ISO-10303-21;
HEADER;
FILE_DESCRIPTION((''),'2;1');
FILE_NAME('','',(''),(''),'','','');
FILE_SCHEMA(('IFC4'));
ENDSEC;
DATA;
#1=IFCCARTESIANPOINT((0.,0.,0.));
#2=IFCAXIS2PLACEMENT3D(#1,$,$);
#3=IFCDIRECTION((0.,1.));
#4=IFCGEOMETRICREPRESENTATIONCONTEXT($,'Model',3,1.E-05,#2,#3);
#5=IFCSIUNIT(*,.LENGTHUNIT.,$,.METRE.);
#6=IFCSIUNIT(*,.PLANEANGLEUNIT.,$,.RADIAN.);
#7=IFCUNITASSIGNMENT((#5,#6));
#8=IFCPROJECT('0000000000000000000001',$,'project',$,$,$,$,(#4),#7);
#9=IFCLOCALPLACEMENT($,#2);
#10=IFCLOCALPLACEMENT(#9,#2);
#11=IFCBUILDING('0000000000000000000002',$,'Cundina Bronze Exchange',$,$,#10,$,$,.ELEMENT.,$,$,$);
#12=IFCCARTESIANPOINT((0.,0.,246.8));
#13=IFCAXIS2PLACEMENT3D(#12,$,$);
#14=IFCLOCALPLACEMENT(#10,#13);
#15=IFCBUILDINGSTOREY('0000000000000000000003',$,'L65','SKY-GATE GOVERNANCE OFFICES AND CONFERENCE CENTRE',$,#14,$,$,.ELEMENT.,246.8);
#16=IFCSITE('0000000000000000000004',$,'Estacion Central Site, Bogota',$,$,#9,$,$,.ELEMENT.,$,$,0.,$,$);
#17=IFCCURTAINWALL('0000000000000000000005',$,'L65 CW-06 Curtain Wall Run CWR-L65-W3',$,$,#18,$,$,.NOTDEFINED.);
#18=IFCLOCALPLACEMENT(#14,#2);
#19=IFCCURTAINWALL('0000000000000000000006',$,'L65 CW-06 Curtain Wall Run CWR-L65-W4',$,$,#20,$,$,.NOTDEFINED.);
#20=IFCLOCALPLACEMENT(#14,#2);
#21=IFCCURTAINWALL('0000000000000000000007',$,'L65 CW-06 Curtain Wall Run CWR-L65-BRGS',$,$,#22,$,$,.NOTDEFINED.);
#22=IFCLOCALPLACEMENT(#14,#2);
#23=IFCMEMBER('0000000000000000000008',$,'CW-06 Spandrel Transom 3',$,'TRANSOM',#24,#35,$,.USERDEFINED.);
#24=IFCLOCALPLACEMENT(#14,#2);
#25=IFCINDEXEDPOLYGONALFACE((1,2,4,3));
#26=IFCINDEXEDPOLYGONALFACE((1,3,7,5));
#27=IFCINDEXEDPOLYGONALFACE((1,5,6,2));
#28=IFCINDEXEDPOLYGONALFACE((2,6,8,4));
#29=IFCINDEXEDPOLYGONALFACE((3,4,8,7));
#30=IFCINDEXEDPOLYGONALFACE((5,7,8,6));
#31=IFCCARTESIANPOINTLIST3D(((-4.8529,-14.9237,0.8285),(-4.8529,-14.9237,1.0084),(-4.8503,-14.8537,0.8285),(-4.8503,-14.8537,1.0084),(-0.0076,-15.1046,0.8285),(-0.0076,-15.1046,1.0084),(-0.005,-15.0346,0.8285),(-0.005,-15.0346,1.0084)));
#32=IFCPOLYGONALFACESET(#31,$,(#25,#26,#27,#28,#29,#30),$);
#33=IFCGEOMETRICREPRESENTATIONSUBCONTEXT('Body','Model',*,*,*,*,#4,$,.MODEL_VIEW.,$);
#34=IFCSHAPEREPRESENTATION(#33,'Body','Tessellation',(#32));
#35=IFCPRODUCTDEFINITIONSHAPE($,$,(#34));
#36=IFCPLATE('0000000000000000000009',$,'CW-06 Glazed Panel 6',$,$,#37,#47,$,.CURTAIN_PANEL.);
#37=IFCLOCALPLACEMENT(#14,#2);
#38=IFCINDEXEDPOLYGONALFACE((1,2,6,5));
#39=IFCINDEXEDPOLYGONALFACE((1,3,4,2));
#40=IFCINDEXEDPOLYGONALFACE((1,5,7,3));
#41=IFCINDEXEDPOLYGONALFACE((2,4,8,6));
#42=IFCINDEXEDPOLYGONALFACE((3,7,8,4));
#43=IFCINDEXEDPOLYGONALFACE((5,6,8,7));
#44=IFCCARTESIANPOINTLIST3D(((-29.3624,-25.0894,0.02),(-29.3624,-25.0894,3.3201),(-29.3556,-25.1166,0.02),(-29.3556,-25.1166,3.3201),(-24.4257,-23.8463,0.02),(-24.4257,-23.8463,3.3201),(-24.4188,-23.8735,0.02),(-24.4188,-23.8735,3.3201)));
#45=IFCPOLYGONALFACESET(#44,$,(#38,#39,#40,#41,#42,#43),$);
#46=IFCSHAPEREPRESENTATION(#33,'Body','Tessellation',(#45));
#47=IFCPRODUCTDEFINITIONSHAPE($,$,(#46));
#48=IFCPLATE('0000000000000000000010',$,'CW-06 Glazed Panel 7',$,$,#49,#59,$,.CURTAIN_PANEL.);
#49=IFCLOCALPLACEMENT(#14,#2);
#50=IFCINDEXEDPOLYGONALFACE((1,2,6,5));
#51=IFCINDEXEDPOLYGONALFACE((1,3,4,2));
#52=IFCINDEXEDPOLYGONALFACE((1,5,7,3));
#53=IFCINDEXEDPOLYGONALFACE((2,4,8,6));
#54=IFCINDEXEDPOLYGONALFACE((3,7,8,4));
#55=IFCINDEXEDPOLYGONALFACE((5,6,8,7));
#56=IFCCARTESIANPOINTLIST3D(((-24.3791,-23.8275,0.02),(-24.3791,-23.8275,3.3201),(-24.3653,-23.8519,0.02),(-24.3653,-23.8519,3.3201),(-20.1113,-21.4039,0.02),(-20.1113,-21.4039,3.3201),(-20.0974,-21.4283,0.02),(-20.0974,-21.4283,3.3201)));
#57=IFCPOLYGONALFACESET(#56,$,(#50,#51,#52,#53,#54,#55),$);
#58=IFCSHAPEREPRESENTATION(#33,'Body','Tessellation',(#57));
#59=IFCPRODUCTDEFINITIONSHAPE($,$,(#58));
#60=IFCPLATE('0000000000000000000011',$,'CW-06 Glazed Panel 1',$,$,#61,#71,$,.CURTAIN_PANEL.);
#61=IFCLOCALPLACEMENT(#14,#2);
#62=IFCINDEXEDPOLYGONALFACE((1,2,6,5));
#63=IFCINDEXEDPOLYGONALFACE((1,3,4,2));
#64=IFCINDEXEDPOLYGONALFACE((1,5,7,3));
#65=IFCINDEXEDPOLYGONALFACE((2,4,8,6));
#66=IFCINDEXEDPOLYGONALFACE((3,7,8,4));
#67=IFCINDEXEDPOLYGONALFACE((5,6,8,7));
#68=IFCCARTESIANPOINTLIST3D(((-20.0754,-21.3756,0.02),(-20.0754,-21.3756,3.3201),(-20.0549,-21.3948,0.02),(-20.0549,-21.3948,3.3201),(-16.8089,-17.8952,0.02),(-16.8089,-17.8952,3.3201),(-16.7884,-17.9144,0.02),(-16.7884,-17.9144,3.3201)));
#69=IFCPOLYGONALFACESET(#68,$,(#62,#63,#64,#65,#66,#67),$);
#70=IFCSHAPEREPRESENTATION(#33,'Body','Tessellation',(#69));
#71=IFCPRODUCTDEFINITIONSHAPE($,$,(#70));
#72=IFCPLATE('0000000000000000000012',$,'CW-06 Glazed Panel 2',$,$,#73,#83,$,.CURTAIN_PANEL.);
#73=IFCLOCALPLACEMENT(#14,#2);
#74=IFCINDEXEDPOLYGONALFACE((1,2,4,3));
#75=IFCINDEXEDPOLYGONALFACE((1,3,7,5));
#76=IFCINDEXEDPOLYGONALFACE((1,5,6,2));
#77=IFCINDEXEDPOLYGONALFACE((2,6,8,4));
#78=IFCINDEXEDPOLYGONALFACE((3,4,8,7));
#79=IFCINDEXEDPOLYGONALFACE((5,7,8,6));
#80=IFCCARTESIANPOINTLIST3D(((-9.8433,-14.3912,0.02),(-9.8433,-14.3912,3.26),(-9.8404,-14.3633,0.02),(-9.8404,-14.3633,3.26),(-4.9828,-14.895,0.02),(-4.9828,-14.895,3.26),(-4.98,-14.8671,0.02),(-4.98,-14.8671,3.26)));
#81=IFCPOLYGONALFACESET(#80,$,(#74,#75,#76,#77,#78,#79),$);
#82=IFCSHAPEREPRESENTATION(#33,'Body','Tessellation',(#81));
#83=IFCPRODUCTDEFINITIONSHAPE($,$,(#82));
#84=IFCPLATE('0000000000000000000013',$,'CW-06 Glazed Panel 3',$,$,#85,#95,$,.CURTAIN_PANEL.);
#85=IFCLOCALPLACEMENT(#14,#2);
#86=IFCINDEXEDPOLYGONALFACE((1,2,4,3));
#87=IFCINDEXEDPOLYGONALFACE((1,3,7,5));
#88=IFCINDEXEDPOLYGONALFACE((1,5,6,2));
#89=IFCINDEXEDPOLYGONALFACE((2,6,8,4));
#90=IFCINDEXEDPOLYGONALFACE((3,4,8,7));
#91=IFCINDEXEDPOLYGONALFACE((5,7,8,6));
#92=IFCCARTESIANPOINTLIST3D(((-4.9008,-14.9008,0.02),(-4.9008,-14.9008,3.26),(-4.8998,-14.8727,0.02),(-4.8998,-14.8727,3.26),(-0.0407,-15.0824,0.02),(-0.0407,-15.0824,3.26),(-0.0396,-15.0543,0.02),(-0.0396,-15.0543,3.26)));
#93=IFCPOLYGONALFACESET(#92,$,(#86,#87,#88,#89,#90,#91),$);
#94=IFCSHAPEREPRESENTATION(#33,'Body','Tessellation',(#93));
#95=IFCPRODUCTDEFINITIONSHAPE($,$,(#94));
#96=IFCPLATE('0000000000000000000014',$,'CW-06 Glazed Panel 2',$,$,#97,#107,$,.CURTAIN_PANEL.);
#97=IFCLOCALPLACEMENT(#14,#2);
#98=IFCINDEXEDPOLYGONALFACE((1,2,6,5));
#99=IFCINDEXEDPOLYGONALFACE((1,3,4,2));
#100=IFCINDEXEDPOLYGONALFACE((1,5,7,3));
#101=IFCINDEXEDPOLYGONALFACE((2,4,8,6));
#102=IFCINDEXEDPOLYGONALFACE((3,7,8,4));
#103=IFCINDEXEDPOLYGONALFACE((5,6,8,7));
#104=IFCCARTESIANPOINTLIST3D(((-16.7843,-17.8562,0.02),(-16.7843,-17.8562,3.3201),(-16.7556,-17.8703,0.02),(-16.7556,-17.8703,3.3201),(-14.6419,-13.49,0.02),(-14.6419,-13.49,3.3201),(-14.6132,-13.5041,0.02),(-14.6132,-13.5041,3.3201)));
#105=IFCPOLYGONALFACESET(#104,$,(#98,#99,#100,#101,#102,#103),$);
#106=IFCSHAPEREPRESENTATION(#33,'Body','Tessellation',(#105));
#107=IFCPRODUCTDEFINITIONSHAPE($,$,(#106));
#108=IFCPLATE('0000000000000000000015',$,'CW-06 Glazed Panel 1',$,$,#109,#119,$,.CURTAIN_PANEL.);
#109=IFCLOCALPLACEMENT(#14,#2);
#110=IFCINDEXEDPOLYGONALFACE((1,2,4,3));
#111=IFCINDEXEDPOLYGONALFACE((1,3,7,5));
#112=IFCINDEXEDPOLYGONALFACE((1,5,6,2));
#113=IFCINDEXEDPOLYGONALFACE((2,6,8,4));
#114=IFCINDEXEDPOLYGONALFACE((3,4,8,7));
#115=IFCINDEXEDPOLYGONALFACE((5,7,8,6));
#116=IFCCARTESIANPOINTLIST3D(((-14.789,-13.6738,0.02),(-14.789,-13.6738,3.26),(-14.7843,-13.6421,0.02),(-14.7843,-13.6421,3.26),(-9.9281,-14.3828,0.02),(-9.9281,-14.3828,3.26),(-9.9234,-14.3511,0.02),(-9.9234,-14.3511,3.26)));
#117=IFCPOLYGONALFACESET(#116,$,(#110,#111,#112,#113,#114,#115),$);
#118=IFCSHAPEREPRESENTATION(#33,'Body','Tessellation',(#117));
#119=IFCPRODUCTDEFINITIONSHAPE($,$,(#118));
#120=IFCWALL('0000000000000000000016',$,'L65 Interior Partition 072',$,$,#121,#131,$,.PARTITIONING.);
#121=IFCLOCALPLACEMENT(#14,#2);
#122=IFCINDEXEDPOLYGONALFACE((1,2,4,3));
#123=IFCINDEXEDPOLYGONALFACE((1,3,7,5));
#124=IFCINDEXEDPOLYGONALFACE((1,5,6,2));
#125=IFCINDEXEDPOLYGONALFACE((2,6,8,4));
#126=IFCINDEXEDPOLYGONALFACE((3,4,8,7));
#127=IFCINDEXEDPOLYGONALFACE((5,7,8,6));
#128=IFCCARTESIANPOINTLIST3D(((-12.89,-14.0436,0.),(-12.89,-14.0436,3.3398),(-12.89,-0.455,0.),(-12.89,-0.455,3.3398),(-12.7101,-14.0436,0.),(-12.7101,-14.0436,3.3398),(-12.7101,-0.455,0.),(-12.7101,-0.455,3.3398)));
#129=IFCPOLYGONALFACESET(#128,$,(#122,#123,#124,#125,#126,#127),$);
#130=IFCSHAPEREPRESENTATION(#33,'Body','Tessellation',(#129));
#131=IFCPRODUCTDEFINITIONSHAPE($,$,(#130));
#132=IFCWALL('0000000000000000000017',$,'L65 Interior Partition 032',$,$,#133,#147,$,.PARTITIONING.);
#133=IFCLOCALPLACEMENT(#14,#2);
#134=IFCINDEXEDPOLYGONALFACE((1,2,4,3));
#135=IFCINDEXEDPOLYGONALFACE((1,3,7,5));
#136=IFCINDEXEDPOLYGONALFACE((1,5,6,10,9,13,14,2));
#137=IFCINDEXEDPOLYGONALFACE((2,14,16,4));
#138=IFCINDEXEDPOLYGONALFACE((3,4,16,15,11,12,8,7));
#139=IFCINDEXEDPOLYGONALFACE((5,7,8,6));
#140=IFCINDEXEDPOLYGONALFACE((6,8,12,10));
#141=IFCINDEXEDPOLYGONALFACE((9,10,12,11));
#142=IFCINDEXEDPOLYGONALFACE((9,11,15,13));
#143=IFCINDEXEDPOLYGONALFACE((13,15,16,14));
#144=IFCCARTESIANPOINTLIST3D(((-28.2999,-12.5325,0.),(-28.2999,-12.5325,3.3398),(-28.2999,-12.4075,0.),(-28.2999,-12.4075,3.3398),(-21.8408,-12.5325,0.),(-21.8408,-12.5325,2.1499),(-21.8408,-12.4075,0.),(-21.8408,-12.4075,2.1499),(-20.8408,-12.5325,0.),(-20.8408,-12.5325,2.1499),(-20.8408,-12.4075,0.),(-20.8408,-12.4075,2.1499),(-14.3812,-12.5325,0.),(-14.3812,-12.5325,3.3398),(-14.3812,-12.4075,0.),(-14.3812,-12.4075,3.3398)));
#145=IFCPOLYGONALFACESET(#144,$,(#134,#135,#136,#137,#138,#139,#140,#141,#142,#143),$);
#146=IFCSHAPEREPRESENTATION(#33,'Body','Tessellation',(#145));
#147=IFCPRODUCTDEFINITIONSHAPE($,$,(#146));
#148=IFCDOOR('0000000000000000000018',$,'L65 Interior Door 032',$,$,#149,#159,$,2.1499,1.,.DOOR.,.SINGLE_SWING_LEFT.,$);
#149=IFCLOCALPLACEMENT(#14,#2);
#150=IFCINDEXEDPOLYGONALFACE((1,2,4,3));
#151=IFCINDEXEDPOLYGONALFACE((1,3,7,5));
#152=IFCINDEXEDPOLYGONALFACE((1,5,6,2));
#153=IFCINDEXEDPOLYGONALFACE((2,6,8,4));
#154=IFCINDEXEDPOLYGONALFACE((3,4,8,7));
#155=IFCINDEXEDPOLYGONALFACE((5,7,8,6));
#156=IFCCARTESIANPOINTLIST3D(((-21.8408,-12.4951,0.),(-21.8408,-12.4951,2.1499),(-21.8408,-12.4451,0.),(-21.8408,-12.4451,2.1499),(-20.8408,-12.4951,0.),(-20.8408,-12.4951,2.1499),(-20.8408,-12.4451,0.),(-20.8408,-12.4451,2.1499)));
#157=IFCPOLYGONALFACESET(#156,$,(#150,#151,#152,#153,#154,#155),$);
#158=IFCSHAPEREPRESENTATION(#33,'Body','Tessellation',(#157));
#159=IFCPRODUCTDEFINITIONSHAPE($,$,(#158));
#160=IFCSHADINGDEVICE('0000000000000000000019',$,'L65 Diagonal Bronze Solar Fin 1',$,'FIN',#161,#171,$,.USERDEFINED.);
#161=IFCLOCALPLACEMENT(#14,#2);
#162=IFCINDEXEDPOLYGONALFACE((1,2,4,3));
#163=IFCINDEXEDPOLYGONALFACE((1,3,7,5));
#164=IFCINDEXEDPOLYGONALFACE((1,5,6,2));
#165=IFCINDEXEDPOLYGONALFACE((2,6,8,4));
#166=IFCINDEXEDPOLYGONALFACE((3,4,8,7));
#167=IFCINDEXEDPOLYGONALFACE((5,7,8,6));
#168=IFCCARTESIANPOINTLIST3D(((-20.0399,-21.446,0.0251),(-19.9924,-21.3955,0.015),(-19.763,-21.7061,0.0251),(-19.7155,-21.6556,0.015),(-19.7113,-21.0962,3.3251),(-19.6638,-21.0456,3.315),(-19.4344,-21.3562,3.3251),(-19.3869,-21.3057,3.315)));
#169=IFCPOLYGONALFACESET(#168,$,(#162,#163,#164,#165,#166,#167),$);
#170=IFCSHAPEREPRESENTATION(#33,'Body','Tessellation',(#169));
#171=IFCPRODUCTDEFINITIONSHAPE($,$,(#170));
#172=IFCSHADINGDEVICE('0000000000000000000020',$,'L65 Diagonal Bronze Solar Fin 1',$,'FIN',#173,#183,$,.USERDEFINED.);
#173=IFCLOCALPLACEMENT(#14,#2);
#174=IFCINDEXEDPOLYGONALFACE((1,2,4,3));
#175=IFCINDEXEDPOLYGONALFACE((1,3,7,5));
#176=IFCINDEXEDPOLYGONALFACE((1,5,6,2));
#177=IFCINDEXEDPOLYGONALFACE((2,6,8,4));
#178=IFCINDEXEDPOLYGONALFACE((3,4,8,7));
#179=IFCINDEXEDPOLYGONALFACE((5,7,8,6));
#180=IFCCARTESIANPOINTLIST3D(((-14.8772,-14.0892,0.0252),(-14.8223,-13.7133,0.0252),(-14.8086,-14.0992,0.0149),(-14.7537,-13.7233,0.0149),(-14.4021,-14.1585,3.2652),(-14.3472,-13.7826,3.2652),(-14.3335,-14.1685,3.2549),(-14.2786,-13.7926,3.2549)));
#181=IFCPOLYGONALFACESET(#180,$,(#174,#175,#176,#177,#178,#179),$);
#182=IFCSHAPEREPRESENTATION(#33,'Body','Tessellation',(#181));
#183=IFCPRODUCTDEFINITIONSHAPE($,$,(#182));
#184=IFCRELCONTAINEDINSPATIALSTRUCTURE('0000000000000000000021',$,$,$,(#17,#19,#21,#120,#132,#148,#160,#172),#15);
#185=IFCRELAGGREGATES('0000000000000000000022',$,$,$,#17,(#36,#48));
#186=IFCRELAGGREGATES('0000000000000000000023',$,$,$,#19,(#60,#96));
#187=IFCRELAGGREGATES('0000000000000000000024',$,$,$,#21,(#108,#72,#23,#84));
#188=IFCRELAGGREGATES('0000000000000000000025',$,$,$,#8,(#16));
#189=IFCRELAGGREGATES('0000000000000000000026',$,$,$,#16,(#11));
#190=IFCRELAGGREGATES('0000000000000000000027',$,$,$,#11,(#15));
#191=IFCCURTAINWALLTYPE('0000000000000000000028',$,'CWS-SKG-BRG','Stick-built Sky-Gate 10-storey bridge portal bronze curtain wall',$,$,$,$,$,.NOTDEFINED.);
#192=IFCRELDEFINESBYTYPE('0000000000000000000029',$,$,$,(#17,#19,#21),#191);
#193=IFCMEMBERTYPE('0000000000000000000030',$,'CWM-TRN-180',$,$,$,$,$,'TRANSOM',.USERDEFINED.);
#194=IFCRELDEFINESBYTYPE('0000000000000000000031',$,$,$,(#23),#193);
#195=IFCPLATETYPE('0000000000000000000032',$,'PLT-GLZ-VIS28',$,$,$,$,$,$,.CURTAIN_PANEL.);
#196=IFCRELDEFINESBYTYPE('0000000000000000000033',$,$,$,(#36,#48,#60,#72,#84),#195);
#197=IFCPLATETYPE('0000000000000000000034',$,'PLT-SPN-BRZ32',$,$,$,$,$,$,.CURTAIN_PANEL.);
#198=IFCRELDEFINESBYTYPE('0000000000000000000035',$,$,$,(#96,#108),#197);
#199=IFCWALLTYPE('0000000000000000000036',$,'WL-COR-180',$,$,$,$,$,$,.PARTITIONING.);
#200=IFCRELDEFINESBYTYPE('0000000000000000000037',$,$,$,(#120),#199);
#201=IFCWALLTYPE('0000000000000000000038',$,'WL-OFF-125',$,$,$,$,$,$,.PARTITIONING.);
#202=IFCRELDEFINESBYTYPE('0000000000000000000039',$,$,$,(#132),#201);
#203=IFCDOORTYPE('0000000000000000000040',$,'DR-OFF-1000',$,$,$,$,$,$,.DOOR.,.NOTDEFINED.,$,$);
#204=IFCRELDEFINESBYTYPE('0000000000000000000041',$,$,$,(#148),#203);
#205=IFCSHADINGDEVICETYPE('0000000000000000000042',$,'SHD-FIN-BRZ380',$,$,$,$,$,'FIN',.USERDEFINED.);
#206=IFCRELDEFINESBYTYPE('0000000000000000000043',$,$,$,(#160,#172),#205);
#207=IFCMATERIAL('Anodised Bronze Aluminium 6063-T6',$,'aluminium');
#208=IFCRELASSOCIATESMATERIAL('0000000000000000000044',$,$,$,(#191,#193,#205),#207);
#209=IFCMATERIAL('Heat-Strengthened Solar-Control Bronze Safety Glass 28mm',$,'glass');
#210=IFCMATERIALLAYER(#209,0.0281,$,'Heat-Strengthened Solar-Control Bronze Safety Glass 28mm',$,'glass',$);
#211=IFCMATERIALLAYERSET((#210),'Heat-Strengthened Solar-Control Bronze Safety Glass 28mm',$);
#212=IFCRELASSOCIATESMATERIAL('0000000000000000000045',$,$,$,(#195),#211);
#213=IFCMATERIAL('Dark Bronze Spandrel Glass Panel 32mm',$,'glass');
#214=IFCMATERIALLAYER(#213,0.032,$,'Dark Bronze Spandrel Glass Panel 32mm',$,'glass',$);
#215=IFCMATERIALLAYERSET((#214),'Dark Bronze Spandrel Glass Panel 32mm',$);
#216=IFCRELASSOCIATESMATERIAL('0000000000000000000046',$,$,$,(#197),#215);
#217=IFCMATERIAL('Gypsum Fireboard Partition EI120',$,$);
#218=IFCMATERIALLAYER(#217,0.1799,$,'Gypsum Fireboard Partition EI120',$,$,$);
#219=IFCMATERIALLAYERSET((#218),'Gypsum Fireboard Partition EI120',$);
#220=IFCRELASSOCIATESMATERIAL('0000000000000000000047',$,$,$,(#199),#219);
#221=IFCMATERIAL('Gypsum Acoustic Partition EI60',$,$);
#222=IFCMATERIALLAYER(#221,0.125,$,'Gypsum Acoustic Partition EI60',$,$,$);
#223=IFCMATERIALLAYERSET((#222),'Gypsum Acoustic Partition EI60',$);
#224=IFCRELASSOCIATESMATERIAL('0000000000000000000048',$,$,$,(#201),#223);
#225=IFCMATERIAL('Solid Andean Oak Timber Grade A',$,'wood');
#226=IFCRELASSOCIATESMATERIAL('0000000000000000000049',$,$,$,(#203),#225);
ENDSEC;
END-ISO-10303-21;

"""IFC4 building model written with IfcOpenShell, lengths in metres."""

from ifc_helpers import new_model, si_unit, direction, frame, frame_2d, origin, origin_2d, place, context, subcontext, project, spatial, rectangle, extrude, material, layer, layer_set, material_profile, profile_set, type_object, element, fill, aggregate, save


model = new_model("IFC4")

# Units and contexts
model_context = context("Model", 3, precision=1e-05, world=origin(), true_north=direction((0.0, 1.0)))
body_context = subcontext(model_context, "Body", "Model", "MODEL_VIEW")
ifc_project = project(units=[si_unit("LENGTHUNIT", "METRE"), si_unit("PLANEANGLEUNIT", "RADIAN")], contexts=[model_context])

# Site, building, storey
site_placement = place(None, origin())
site = spatial("IfcSite", under=ifc_project, at=site_placement, Name="Estacion Central Site, Bogota", CompositionType="ELEMENT", RefElevation=0.0)
building_placement = place(site_placement, origin())
building = spatial("IfcBuilding", under=site, at=building_placement, Name="Cundina Bronze Exchange", CompositionType="ELEMENT")
storey_placement = place(building_placement, frame((0.0, 0.0, 246.8)))
storey = spatial("IfcBuildingStorey", under=building, at=storey_placement, Name="L65", Description="SKY-GATE GOVERNANCE OFFICES AND CONFERENCE CENTRE", CompositionType="ELEMENT", Elevation=246.8)

# Curtain walls
ifc_material_1 = material(Name="Anodised Bronze Aluminium 6063-T6", Category="aluminium")
curtain_wall_type = type_object("IfcCurtainWallType", Name="CWS-SKG-BRG", Description="Stick-built Sky-Gate 10-storey bridge portal bronze curtain wall", PredefinedType="NOTDEFINED", material=ifc_material_1)
curtain_wall_1_placement = place(storey_placement, origin())
curtain_wall_1 = element("IfcCurtainWall", 1, at=curtain_wall_1_placement, inside=storey, type_object=curtain_wall_type, Name="L65 CW-06 Curtain Wall Run CWR-L65-W3", PredefinedType="NOTDEFINED")
curtain_wall_2_placement = place(storey_placement, origin())
curtain_wall_2 = element("IfcCurtainWall", 2, at=curtain_wall_2_placement, inside=storey, type_object=curtain_wall_type, Name="L65 CW-06 Curtain Wall Run CWR-L65-W4", PredefinedType="NOTDEFINED")
curtain_wall_3_placement = place(storey_placement, origin())
curtain_wall_3 = element("IfcCurtainWall", 3, at=curtain_wall_3_placement, inside=storey, type_object=curtain_wall_type, Name="L65 CW-06 Curtain Wall Run CWR-L65-BRGS", PredefinedType="NOTDEFINED")

# Member
ifc_material_profile_1 = material_profile(ifc_material_1, rectangle(XDim=0.0701, YDim=0.1799, at=origin_2d()), Name="AL70X180", Category="aluminium")
ifc_profile_set_1 = profile_set([ifc_material_profile_1], Name="Anodised Bronze Aluminium 6063-T6")
member_type_1 = type_object("IfcMemberType", Name="CWM-TRN-180", ElementType="TRANSOM", PredefinedType="USERDEFINED", material=ifc_profile_set_1)
member_1_placement = place(storey_placement, frame((-4.8516, -14.8887, 0.9185), z_axis=(0.999304, -0.037312, 0.0), x_axis=(0.037312, 0.999304, 0.0)))
member_1 = element("IfcMember", 4, at=member_1_placement, type_object=member_type_1, Name="CW-06 Spandrel Transom 3", ObjectType="TRANSOM", PredefinedType="USERDEFINED", context=body_context, shape_type="SweptSolid", body=[
    extrude(rectangle(XDim=0.0701, YDim=0.1799, at=origin_2d()), origin(), (0.0, 0.0, 1.0), 4.8486),
])

# Plates
ifc_material_2 = material(Name="Heat-Strengthened Solar-Control Bronze Safety Glass 28mm", Category="glass")
ifc_layer_1 = layer(ifc_material_2, 0.0281, Name="Heat-Strengthened Solar-Control Bronze Safety Glass 28mm", Category="glass")
ifc_layer_set_1 = layer_set([ifc_layer_1], Name="Heat-Strengthened Solar-Control Bronze Safety Glass 28mm")
plate_type_1 = type_object("IfcPlateType", Name="PLT-GLZ-VIS28", PredefinedType="CURTAIN_PANEL", material=ifc_layer_set_1)
plate_1_placement = place(storey_placement, frame((-26.8906, -24.4814, 0.02), z_axis=(0.0, 0.0, 1.0), x_axis=(0.969732, 0.244174, 0.0)))
plate_1 = element("IfcPlate", 5, at=plate_1_placement, type_object=plate_type_1, Name="CW-06 Glazed Panel 6", PredefinedType="CURTAIN_PANEL", context=body_context, shape_type="SweptSolid", body=[
    extrude(rectangle(XDim=5.0908, YDim=0.0281, at=origin_2d()), origin(), (0.0, 0.0, 1.0), 3.3),
])
plate_2_placement = place(storey_placement, frame((-22.2383, -22.6279, 0.02), z_axis=(0.0, 0.0, 1.0), x_axis=(0.869573, 0.493805, 0.0)))
plate_2 = element("IfcPlate", 6, at=plate_2_placement, type_object=plate_type_1, Name="CW-06 Glazed Panel 7", PredefinedType="CURTAIN_PANEL", context=body_context, shape_type="SweptSolid", body=[
    extrude(rectangle(XDim=4.908, YDim=0.0281, at=origin_2d()), origin(), (0.0, 0.0, 1.0), 3.3),
])
aggregate(curtain_wall_1, [plate_1, plate_2])
plate_3_placement = place(storey_placement, frame((-18.4319, -19.645, 0.02), z_axis=(0.0, 0.0, 1.0), x_axis=(0.684344, 0.72916, 0.0)))
plate_3 = element("IfcPlate", 7, at=plate_3_placement, type_object=plate_type_1, Name="CW-06 Glazed Panel 1", PredefinedType="CURTAIN_PANEL", context=body_context, shape_type="SweptSolid", body=[
    extrude(rectangle(XDim=4.7732, YDim=0.0281, at=origin_2d()), origin(), (0.0, 0.0, 1.0), 3.3),
])
plate_4_placement = place(storey_placement, frame((-7.4116, -14.6292, 0.02), z_axis=(0.0, 0.0, 1.0), x_axis=(0.994672, -0.103088, 0.0)))
plate_4 = element("IfcPlate", 8, at=plate_4_placement, type_object=plate_type_1, Name="CW-06 Glazed Panel 2", PredefinedType="CURTAIN_PANEL", context=body_context, shape_type="SweptSolid", body=[
    extrude(rectangle(XDim=4.8865, YDim=0.0281, at=origin_2d()), origin(), (0.0, 0.0, 1.0), 3.24),
])
plate_5_placement = place(storey_placement, frame((-2.4702, -14.9775, 0.02), z_axis=(0.0, 0.0, 1.0), x_axis=(0.999303, -0.037341, 0.0)))
plate_5 = element("IfcPlate", 9, at=plate_5_placement, type_object=plate_type_1, Name="CW-06 Glazed Panel 3", PredefinedType="CURTAIN_PANEL", context=body_context, shape_type="SweptSolid", body=[
    extrude(rectangle(XDim=4.8635, YDim=0.0281, at=origin_2d()), origin(), (0.0, 0.0, 1.0), 3.24),
])
ifc_material_3 = material(Name="Dark Bronze Spandrel Glass Panel 32mm", Category="glass")
ifc_layer_2 = layer(ifc_material_3, 0.032, Name="Dark Bronze Spandrel Glass Panel 32mm", Category="glass")
ifc_layer_set_2 = layer_set([ifc_layer_2], Name="Dark Bronze Spandrel Glass Panel 32mm")
plate_type_2 = type_object("IfcPlateType", Name="PLT-SPN-BRZ32", PredefinedType="CURTAIN_PANEL", material=ifc_layer_set_2)
plate_6_placement = place(storey_placement, frame((-15.6987, -15.6802, 0.02), z_axis=(0.0, 0.0, 1.0), x_axis=(0.440503, 0.897751, 0.0)))
plate_6 = element("IfcPlate", 10, at=plate_6_placement, type_object=plate_type_2, Name="CW-06 Glazed Panel 2", PredefinedType="CURTAIN_PANEL", context=body_context, shape_type="SweptSolid", body=[
    extrude(rectangle(XDim=4.8635, YDim=0.032, at=origin_2d()), origin(), (0.0, 0.0, 1.0), 3.3),
])
aggregate(curtain_wall_2, [plate_3, plate_6])
plate_7_placement = place(storey_placement, frame((-12.3562, -14.0125, 0.02), z_axis=(0.0, 0.0, 1.0), x_axis=(0.989528, -0.144339, 0.0)))
plate_7 = element("IfcPlate", 11, at=plate_7_placement, type_object=plate_type_2, Name="CW-06 Glazed Panel 1", PredefinedType="CURTAIN_PANEL", context=body_context, shape_type="SweptSolid", body=[
    extrude(rectangle(XDim=4.9124, YDim=0.032, at=origin_2d()), origin(), (0.0, 0.0, 1.0), 3.24),
])
aggregate(curtain_wall_3, [plate_7, plate_4, member_1, plate_5])

# Wall
ifc_material_4 = material(Name="Gypsum Fireboard Partition EI120")
ifc_layer_3 = layer(ifc_material_4, 0.1799, Name="Gypsum Fireboard Partition EI120")
ifc_layer_set_3 = layer_set([ifc_layer_3], Name="Gypsum Fireboard Partition EI120")
wall_type_1 = type_object("IfcWallType", Name="WL-COR-180", PredefinedType="PARTITIONING", material=ifc_layer_set_3)
wall_1_placement = place(storey_placement, frame((-12.8, -14.0437, 0.0), z_axis=(0.0, 0.0, 1.0), x_axis=(0.0, 1.0, 0.0)))
element("IfcWall", 12, at=wall_1_placement, inside=storey, type_object=wall_type_1, Name="L65 Interior Partition 072", PredefinedType="PARTITIONING", context=body_context, shape_type="SweptSolid", body=[
    extrude(rectangle(XDim=13.5886, YDim=0.1799, at=frame_2d((6.7944, 0.0))), origin(), (0.0, 0.0, 1.0), 3.3398),
])

# Wall, opening, door
ifc_material_5 = material(Name="Gypsum Acoustic Partition EI60")
ifc_layer_4 = layer(ifc_material_5, 0.125, Name="Gypsum Acoustic Partition EI60")
ifc_layer_set_4 = layer_set([ifc_layer_4], Name="Gypsum Acoustic Partition EI60")
wall_type_2 = type_object("IfcWallType", Name="WL-OFF-125", PredefinedType="PARTITIONING", material=ifc_layer_set_4)
wall_2_placement = place(storey_placement, frame((-28.3, -12.47, 0.0), z_axis=(0.0, 0.0, 1.0), x_axis=(1.0, 0.0, 0.0)))
wall_2 = element("IfcWall", 13, at=wall_2_placement, inside=storey, type_object=wall_type_2, Name="L65 Interior Partition 032", PredefinedType="PARTITIONING", context=body_context, shape_type="SweptSolid", body=[
    extrude(rectangle(XDim=13.9187, YDim=0.125, at=frame_2d((6.9595, 0.0))), origin(), (0.0, 0.0, 1.0), 3.3398),
])
opening_placement = place(wall_2_placement, frame((6.4592, 0.0, 0.0)))
opening = element("IfcOpeningElement", 14, at=opening_placement, cuts=wall_2, PredefinedType="OPENING", context=body_context, shape_type="SweptSolid", body=[
    extrude(rectangle(XDim=1.0, YDim=2.1499, at=frame_2d((0.5, 1.075))), frame((0.0, 0.0725, 0.0), z_axis=(0.0, -1.0, 0.0), x_axis=(1.0, 0.0, 0.0)), (0.0, 0.0, 1.0), 0.145),
])
ifc_material_6 = material(Name="Solid Andean Oak Timber Grade A", Category="wood")
door_type = type_object("IfcDoorType", Name="DR-OFF-1000", OperationType="NOTDEFINED", PredefinedType="DOOR", material=ifc_material_6)
door_placement = place(opening_placement, origin())
door = element("IfcDoor", 15, at=door_placement, inside=storey, type_object=door_type, Name="L65 Interior Door 032", OperationType="SINGLE_SWING_LEFT", OverallHeight=2.1499, OverallWidth=1.0, PredefinedType="DOOR", context=body_context, shape_type="SweptSolid", body=[
    extrude(rectangle(XDim=1.0, YDim=2.1499, at=frame_2d((0.5, 1.075))), frame((0.0, 0.0249, 0.0), z_axis=(0.0, -1.0, 0.0), x_axis=(1.0, 0.0, 0.0)), (0.0, 0.0, 1.0), 0.05),
])
fill(opening, door)

# Shading devices
ifc_material_profile_2 = material_profile(ifc_material_1, rectangle(XDim=0.0701, YDim=0.3799, at=origin_2d()), Name="FIN70X380", Category="aluminium")
ifc_profile_set_2 = profile_set([ifc_material_profile_2], Name="Anodised Bronze Aluminium 6063-T6")
shading_device_type = type_object("IfcShadingDeviceType", Name="SHD-FIN-BRZ380", ElementType="FIN", PredefinedType="USERDEFINED", material=ifc_profile_set_2)
shading_device_1_placement = place(storey_placement, frame((-19.8777, -21.5508, 0.02), z_axis=(0.098541, 0.104911, 0.989587), x_axis=(-0.677506, -0.721297, 0.143933)))
element("IfcShadingDevice", 16, at=shading_device_1_placement, inside=storey, type_object=shading_device_type, Name="L65 Diagonal Bronze Solar Fin 1", ObjectType="FIN", PredefinedType="USERDEFINED", context=body_context, shape_type="SweptSolid", body=[
    extrude(rectangle(XDim=0.0701, YDim=0.3799, at=origin_2d()), origin(), (0.0, 0.0, 1.0), 3.3347),
])
shading_device_2_placement = place(storey_placement, frame((-14.8154, -13.9062, 0.02), z_axis=(0.145052, -0.021169, 0.989198), x_axis=(-0.978829, 0.142851, 0.146588)))
element("IfcShadingDevice", 17, at=shading_device_2_placement, inside=storey, type_object=shading_device_type, Name="L65 Diagonal Bronze Solar Fin 1", ObjectType="FIN", PredefinedType="USERDEFINED", context=body_context, shape_type="SweptSolid", body=[
    extrude(rectangle(XDim=0.0701, YDim=0.3799, at=origin_2d()), origin(), (0.0, 0.0, 1.0), 3.2754),
])

save(model, "model.ifc")
